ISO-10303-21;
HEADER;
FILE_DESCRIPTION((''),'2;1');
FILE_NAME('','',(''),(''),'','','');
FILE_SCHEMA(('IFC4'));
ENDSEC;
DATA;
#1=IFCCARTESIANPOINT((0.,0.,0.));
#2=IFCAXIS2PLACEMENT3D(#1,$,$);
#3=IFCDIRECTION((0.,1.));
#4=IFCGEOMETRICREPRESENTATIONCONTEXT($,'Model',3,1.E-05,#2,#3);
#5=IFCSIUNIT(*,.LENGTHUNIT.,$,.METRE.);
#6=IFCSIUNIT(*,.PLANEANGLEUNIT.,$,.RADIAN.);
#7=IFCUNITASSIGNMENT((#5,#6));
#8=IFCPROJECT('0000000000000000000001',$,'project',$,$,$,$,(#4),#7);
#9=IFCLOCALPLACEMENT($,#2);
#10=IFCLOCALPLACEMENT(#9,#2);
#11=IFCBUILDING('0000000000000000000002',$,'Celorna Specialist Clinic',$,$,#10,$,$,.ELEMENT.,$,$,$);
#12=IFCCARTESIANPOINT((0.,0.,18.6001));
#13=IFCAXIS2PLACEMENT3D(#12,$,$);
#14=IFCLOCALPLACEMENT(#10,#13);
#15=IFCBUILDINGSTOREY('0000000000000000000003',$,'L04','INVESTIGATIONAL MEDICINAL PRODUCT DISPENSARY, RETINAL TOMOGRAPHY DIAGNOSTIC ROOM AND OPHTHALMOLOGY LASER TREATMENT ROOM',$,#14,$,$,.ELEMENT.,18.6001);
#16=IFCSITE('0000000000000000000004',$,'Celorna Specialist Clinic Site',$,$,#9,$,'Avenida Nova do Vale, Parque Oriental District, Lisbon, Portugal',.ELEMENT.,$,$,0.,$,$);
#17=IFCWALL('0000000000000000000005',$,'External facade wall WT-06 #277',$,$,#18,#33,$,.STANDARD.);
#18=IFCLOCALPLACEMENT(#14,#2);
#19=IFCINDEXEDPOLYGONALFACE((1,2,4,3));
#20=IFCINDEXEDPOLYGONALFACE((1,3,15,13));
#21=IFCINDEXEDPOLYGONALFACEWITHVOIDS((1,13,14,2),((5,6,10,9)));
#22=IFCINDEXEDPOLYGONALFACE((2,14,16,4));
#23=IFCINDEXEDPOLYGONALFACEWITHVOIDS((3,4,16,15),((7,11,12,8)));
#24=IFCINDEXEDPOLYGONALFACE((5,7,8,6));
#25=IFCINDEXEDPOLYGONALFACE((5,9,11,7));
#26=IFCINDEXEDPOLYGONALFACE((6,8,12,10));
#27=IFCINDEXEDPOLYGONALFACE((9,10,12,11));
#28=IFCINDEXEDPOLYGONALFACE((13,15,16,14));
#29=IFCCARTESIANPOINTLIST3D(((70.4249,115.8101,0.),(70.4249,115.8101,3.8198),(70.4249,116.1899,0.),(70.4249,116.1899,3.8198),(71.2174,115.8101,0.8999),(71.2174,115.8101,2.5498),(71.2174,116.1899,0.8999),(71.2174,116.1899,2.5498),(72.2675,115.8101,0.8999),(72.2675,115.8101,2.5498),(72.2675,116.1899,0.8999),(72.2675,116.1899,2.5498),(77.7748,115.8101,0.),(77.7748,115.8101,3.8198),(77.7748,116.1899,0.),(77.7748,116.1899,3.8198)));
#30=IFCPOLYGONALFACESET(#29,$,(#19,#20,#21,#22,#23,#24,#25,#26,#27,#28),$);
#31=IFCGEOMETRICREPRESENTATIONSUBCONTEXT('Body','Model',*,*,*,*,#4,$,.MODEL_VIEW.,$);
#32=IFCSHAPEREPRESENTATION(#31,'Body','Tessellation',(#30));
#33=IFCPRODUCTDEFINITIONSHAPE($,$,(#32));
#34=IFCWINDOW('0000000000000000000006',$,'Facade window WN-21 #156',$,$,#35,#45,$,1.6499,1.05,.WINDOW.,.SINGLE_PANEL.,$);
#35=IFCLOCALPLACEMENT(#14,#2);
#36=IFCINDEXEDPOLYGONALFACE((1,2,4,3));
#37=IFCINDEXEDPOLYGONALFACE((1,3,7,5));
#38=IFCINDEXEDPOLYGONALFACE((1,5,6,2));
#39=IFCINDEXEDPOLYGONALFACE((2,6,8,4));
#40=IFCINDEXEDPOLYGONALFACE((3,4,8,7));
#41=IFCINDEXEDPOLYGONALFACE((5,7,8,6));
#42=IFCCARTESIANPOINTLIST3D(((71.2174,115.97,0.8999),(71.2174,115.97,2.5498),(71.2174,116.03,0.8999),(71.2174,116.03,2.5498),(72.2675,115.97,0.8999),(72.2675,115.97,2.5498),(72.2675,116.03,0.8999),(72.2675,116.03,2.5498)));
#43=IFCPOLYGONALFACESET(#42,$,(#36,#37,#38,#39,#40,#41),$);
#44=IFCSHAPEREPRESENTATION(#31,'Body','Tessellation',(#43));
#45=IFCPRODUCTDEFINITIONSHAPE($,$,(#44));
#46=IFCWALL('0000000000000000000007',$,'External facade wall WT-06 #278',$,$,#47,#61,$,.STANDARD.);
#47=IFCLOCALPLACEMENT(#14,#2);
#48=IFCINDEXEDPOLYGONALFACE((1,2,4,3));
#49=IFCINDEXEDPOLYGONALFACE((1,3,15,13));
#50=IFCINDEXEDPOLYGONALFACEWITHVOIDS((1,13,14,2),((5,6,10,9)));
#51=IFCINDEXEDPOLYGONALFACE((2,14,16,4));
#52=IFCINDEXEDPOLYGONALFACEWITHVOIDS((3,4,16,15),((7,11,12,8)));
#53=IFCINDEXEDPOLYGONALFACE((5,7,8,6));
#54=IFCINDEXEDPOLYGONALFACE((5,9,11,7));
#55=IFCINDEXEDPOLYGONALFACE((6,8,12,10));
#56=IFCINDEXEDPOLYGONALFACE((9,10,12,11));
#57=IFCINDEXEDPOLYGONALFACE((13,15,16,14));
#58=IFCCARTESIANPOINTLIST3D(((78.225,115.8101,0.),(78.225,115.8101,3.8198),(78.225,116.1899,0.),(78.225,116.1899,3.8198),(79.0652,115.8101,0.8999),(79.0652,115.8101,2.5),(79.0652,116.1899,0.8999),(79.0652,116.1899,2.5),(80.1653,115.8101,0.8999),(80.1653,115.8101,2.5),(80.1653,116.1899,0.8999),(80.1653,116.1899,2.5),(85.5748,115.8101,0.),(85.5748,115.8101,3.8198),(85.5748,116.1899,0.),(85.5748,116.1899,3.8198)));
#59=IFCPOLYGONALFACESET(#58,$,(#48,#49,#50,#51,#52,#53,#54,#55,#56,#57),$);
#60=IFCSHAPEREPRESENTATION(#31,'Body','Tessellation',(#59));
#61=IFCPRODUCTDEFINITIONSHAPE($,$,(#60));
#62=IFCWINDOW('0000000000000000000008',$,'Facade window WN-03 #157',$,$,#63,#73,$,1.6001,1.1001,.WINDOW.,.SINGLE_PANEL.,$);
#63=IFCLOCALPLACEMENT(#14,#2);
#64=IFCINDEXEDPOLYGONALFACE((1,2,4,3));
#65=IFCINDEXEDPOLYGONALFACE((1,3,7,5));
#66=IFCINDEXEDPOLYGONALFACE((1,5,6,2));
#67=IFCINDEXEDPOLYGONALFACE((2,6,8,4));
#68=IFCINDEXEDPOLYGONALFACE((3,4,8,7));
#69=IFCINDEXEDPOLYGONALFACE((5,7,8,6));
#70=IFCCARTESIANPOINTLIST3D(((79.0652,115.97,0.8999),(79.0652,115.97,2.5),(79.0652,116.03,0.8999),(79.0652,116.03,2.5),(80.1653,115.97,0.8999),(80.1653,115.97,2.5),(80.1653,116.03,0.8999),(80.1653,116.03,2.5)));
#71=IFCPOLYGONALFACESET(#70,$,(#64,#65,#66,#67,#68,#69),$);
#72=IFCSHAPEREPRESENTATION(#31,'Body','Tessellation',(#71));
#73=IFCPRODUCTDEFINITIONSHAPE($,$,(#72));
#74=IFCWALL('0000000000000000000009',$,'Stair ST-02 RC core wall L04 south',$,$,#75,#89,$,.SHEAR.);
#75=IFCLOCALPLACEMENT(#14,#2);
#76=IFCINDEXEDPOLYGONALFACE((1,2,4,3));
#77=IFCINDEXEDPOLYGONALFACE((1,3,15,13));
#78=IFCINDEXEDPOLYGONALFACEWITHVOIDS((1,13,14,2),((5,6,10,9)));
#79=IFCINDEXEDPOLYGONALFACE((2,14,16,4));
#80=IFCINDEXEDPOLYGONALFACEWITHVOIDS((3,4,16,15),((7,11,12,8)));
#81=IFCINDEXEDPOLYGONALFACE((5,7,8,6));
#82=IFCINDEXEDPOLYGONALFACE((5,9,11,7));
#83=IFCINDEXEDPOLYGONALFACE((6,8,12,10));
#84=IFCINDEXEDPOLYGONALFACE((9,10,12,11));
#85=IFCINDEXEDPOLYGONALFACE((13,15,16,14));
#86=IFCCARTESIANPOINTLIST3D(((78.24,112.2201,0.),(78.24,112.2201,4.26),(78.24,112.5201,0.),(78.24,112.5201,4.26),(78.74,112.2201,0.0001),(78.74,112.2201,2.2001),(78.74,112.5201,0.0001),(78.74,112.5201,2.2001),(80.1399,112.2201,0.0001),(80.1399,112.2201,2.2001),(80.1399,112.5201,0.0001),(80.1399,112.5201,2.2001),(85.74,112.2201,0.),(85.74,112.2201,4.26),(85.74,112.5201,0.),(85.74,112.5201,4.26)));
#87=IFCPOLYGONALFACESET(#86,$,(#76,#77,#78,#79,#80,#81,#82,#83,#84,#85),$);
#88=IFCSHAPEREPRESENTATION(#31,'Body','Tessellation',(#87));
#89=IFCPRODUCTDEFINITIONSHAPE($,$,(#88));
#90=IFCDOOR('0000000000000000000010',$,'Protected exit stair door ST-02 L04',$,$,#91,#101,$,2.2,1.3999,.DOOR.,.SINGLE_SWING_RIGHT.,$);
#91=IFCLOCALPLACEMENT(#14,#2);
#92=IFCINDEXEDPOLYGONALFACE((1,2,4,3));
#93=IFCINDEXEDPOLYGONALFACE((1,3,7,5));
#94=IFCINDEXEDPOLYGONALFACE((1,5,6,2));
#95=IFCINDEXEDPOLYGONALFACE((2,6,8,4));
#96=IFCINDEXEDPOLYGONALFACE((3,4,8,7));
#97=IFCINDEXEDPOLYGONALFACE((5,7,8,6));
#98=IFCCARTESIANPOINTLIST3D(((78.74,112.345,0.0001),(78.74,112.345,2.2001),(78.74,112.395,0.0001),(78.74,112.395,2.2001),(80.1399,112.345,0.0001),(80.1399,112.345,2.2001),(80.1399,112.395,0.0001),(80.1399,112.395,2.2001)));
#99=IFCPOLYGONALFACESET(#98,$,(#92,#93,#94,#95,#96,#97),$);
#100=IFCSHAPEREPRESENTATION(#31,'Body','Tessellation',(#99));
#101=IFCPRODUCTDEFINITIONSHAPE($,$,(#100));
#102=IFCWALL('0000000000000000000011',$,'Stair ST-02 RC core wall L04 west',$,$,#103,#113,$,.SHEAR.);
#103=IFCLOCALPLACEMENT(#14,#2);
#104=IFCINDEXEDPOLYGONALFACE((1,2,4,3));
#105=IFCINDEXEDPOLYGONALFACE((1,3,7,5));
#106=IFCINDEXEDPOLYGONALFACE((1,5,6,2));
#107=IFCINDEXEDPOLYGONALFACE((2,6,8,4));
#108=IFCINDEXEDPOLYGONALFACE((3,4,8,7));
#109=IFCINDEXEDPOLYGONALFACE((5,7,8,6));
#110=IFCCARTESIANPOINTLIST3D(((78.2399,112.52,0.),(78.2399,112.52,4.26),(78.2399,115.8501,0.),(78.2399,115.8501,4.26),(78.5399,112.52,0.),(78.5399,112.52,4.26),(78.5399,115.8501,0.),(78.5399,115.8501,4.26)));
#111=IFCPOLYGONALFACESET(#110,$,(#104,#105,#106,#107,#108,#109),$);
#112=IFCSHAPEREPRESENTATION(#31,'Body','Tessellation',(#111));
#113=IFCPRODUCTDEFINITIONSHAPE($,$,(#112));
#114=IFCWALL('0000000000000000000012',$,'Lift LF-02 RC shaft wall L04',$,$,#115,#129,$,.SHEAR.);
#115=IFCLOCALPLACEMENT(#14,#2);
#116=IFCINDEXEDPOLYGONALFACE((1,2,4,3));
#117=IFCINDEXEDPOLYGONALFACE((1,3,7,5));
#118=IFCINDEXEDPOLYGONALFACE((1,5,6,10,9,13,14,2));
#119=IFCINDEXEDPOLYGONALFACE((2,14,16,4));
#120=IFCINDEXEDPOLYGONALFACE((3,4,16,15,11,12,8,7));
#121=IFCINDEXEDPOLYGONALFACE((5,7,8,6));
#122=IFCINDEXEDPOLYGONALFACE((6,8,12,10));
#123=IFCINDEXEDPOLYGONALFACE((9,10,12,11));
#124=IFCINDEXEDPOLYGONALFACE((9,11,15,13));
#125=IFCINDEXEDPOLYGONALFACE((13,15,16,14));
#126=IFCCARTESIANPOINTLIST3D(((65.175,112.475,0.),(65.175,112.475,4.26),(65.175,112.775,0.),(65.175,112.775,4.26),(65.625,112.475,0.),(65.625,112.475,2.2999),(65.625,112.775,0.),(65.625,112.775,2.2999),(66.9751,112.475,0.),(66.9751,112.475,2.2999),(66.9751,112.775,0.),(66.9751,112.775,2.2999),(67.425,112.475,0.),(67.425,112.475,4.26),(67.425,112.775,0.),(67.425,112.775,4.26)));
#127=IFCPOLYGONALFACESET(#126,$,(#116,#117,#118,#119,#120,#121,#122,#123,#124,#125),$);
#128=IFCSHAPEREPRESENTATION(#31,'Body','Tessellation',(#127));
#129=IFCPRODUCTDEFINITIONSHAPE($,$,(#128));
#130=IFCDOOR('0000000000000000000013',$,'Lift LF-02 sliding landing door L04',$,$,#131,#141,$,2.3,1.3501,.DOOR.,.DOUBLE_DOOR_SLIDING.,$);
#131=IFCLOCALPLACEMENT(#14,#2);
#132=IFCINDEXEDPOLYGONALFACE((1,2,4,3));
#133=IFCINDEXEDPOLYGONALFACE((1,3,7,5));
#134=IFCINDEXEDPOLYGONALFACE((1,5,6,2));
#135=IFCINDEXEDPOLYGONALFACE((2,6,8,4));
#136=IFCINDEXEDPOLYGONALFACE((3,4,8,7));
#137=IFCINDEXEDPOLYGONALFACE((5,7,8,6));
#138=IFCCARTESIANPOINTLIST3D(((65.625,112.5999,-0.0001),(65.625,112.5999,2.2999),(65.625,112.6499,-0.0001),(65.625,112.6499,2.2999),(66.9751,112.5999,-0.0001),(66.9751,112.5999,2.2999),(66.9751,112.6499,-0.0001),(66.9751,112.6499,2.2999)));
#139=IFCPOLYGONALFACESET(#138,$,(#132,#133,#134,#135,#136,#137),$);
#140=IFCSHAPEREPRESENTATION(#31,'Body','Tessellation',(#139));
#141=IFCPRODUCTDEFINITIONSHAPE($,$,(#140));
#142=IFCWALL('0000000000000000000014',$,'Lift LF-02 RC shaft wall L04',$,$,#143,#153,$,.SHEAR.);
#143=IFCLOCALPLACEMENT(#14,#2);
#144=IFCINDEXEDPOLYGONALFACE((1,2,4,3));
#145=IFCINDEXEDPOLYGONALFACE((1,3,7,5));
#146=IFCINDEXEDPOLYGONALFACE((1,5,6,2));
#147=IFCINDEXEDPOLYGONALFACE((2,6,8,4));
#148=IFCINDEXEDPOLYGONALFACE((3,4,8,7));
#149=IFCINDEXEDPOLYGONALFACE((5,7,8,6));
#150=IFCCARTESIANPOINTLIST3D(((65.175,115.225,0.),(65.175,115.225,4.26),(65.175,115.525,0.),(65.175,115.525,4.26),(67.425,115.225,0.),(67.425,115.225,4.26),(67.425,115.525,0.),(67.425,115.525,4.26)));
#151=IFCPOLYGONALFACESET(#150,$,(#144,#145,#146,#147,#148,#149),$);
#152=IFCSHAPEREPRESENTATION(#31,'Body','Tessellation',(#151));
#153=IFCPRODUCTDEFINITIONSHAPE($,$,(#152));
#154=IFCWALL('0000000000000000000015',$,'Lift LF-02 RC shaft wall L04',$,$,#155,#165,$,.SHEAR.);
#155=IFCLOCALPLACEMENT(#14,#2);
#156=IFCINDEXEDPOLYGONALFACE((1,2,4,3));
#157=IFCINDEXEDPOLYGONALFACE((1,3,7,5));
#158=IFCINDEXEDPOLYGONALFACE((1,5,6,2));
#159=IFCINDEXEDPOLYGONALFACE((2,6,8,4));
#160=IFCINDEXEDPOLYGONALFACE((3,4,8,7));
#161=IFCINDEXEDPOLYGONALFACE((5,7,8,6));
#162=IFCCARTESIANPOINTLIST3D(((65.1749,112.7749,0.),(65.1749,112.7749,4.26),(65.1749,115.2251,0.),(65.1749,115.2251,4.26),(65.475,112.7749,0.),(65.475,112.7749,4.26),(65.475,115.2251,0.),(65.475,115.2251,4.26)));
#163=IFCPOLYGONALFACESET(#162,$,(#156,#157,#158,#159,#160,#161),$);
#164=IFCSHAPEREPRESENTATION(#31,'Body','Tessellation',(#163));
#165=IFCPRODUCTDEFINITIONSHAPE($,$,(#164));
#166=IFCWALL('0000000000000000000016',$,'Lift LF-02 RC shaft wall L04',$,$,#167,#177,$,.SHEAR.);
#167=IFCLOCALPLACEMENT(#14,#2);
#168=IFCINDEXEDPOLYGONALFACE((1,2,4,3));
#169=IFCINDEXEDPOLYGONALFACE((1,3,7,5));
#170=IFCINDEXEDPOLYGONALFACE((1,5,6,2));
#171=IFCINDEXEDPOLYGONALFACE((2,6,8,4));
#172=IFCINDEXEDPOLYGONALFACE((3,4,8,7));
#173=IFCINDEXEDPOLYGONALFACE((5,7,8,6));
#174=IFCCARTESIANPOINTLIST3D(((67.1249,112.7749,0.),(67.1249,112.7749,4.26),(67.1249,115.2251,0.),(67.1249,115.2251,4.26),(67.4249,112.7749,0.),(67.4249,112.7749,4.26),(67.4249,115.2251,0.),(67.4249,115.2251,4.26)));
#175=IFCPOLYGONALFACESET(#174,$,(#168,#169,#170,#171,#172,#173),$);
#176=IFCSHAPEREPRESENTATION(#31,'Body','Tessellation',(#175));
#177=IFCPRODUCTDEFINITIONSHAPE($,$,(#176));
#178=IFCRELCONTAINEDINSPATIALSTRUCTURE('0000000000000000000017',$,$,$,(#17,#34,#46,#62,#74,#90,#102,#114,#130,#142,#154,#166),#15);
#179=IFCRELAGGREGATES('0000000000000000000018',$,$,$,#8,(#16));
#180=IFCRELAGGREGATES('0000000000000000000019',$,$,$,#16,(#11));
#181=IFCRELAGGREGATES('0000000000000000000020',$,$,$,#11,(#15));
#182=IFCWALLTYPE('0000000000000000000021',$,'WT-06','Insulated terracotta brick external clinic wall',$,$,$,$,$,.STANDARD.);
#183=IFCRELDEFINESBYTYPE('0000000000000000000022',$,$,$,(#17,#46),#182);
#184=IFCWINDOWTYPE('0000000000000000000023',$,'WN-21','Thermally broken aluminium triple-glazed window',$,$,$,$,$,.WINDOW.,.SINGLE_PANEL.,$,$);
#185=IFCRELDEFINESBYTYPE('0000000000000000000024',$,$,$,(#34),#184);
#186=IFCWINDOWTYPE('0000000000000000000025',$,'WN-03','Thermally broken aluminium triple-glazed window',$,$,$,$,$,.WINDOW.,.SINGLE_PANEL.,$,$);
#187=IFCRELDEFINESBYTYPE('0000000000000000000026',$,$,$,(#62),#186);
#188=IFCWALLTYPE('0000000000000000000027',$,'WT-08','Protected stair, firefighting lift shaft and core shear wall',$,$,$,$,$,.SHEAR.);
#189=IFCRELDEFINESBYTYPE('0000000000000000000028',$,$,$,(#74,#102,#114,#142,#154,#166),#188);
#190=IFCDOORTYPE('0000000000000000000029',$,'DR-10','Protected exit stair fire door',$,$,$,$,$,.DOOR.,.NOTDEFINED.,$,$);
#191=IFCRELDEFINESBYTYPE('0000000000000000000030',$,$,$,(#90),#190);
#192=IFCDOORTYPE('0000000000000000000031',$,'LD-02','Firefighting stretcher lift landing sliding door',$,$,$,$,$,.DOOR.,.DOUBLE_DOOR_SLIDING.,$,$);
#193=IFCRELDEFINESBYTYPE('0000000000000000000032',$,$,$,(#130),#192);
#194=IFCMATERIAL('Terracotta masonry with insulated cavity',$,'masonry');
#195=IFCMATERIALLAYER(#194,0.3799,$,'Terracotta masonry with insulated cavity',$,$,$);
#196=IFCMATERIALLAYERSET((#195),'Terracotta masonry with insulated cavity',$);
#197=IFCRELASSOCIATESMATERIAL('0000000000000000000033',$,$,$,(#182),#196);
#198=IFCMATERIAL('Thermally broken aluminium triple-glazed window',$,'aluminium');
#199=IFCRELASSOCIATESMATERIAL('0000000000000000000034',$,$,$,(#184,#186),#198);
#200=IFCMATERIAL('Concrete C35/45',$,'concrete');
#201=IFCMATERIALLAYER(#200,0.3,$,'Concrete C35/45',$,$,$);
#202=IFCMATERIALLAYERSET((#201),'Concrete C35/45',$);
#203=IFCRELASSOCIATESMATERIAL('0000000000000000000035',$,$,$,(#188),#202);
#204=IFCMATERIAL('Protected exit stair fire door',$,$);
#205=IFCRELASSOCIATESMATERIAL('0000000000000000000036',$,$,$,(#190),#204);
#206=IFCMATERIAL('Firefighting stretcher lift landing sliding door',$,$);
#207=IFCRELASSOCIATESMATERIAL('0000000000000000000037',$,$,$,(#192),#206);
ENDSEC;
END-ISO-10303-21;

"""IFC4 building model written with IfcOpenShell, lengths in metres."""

from ifc_helpers import new_model, si_unit, direction, frame, frame_2d, origin, place, context, subcontext, project, spatial, rectangle, extrude, material, layer, layer_set, type_object, element, fill, save


model = new_model("IFC4")

# Units and contexts
model_context = context("Model", 3, precision=1e-05, world=origin(), true_north=direction((0.0, 1.0)))
body_context = subcontext(model_context, "Body", "Model", "MODEL_VIEW")
ifc_project = project(units=[si_unit("LENGTHUNIT", "METRE"), si_unit("PLANEANGLEUNIT", "RADIAN")], contexts=[model_context])

# Site, building, storey
site_placement = place(None, origin())
site = spatial("IfcSite", under=ifc_project, at=site_placement, Name="Celorna Specialist Clinic Site", LongName="Avenida Nova do Vale, Parque Oriental District, Lisbon, Portugal", CompositionType="ELEMENT", RefElevation=0.0)
building_placement = place(site_placement, origin())
building = spatial("IfcBuilding", under=site, at=building_placement, Name="Celorna Specialist Clinic", CompositionType="ELEMENT")
storey_placement = place(building_placement, frame((0.0, 0.0, 18.6001)))
storey = spatial("IfcBuildingStorey", under=building, at=storey_placement, Name="L04", Description="INVESTIGATIONAL MEDICINAL PRODUCT DISPENSARY, RETINAL TOMOGRAPHY DIAGNOSTIC ROOM AND OPHTHALMOLOGY LASER TREATMENT ROOM", CompositionType="ELEMENT", Elevation=18.6001)

# Shared definitions
ifc_material_1 = material(Name="Concrete C35/45", Category="concrete")

# Walls, openings, windows
ifc_material_2 = material(Name="Terracotta masonry with insulated cavity", Category="masonry")
ifc_layer_1 = layer(ifc_material_2, 0.3799, Name="Terracotta masonry with insulated cavity")
ifc_layer_set_1 = layer_set([ifc_layer_1], Name="Terracotta masonry with insulated cavity")
wall_type_1 = type_object("IfcWallType", Name="WT-06", Description="Insulated terracotta brick external clinic wall", PredefinedType="STANDARD", material=ifc_layer_set_1)
wall_1_placement = place(storey_placement, frame((70.425, 116.0, 0.0), z_axis=(0.0, 0.0, 1.0), x_axis=(1.0, 0.0, 0.0)))
wall_1 = element("IfcWall", 1, at=wall_1_placement, inside=storey, type_object=wall_type_1, Name="External facade wall WT-06 #277", PredefinedType="STANDARD", context=body_context, shape_type="SweptSolid", body=[
    extrude(rectangle(XDim=7.3499, YDim=0.3799, at=frame_2d((3.6748, 0.0))), origin(), (0.0, 0.0, 1.0), 3.8198),
])
opening_1_placement = place(wall_1_placement, frame((0.7925, 0.0, 0.8999)))
opening_1 = element("IfcOpeningElement", 2, at=opening_1_placement, cuts=wall_1, PredefinedType="OPENING", context=body_context, shape_type="SweptSolid", body=[
    extrude(rectangle(XDim=1.05, YDim=1.6499, at=frame_2d((0.5249, 0.825))), frame((0.0, 0.2, 0.0), z_axis=(0.0, -1.0, 0.0), x_axis=(1.0, 0.0, 0.0)), (0.0, 0.0, 1.0), 0.3999),
])
ifc_material_3 = material(Name="Thermally broken aluminium triple-glazed window", Category="aluminium")
window_type_1 = type_object("IfcWindowType", Name="WN-21", Description="Thermally broken aluminium triple-glazed window", PartitioningType="SINGLE_PANEL", PredefinedType="WINDOW", material=ifc_material_3)
window_1_placement = place(opening_1_placement, origin())
window_1 = element("IfcWindow", 3, at=window_1_placement, inside=storey, type_object=window_type_1, Name="Facade window WN-21 #156", OverallHeight=1.6499, OverallWidth=1.05, PartitioningType="SINGLE_PANEL", PredefinedType="WINDOW", context=body_context, shape_type="SweptSolid", body=[
    extrude(rectangle(XDim=1.05, YDim=1.6499, at=frame_2d((0.5249, 0.825))), frame((0.0, 0.03, 0.0), z_axis=(0.0, -1.0, 0.0), x_axis=(1.0, 0.0, 0.0)), (0.0, 0.0, 1.0), 0.0601),
])
fill(opening_1, window_1)
wall_2_placement = place(storey_placement, frame((78.2251, 116.0, 0.0), z_axis=(0.0, 0.0, 1.0), x_axis=(1.0, 0.0, 0.0)))
wall_2 = element("IfcWall", 4, at=wall_2_placement, inside=storey, type_object=wall_type_1, Name="External facade wall WT-06 #278", PredefinedType="STANDARD", context=body_context, shape_type="SweptSolid", body=[
    extrude(rectangle(XDim=7.3499, YDim=0.3799, at=frame_2d((3.6748, 0.0))), origin(), (0.0, 0.0, 1.0), 3.8198),
])
opening_2_placement = place(wall_2_placement, frame((0.8401, 0.0, 0.8999)))
opening_2 = element("IfcOpeningElement", 5, at=opening_2_placement, cuts=wall_2, PredefinedType="OPENING", context=body_context, shape_type="SweptSolid", body=[
    extrude(rectangle(XDim=1.1001, YDim=1.6001, at=frame_2d((0.55, 0.8))), frame((0.0, 0.2, 0.0), z_axis=(0.0, -1.0, 0.0), x_axis=(1.0, 0.0, 0.0)), (0.0, 0.0, 1.0), 0.3999),
])
window_type_2 = type_object("IfcWindowType", Name="WN-03", Description="Thermally broken aluminium triple-glazed window", PartitioningType="SINGLE_PANEL", PredefinedType="WINDOW", material=ifc_material_3)
window_2_placement = place(opening_2_placement, origin())
window_2 = element("IfcWindow", 6, at=window_2_placement, inside=storey, type_object=window_type_2, Name="Facade window WN-03 #157", OverallHeight=1.6001, OverallWidth=1.1001, PartitioningType="SINGLE_PANEL", PredefinedType="WINDOW", context=body_context, shape_type="SweptSolid", body=[
    extrude(rectangle(XDim=1.1001, YDim=1.6001, at=frame_2d((0.55, 0.8))), frame((0.0, 0.03, 0.0), z_axis=(0.0, -1.0, 0.0), x_axis=(1.0, 0.0, 0.0)), (0.0, 0.0, 1.0), 0.0601),
])
fill(opening_2, window_2)

# Wall, opening, door
ifc_layer_2 = layer(ifc_material_1, 0.3, Name="Concrete C35/45")
ifc_layer_set_2 = layer_set([ifc_layer_2], Name="Concrete C35/45")
wall_type_2 = type_object("IfcWallType", Name="WT-08", Description="Protected stair, firefighting lift shaft and core shear wall", PredefinedType="SHEAR", material=ifc_layer_set_2)
wall_3_placement = place(storey_placement, frame((78.24, 112.3701, 0.0), z_axis=(0.0, 0.0, 1.0), x_axis=(1.0, 0.0, 0.0)))
wall_3 = element("IfcWall", 7, at=wall_3_placement, inside=storey, type_object=wall_type_2, Name="Stair ST-02 RC core wall L04 south", PredefinedType="SHEAR", context=body_context, shape_type="SweptSolid", body=[
    extrude(rectangle(XDim=7.5, YDim=0.3, at=frame_2d((3.75, 0.0))), origin(), (0.0, 0.0, 1.0), 4.26),
])
opening_3_placement = place(wall_3_placement, frame((0.5, 0.0, 0.0)))
opening_3 = element("IfcOpeningElement", 8, at=opening_3_placement, cuts=wall_3, PredefinedType="OPENING", context=body_context, shape_type="SweptSolid", body=[
    extrude(rectangle(XDim=1.3999, YDim=2.2, at=frame_2d((0.7, 1.1001))), frame((0.0, 0.1599, 0.0), z_axis=(0.0, -1.0, 0.0), x_axis=(1.0, 0.0, 0.0)), (0.0, 0.0, 1.0), 0.3201),
])
ifc_material_4 = material(Name="Protected exit stair fire door")
door_type_1 = type_object("IfcDoorType", Name="DR-10", Description="Protected exit stair fire door", OperationType="NOTDEFINED", PredefinedType="DOOR", material=ifc_material_4)
door_1_placement = place(opening_3_placement, origin())
door_1 = element("IfcDoor", 9, at=door_1_placement, inside=storey, type_object=door_type_1, Name="Protected exit stair door ST-02 L04", OperationType="SINGLE_SWING_RIGHT", OverallHeight=2.2, OverallWidth=1.3999, PredefinedType="DOOR", context=body_context, shape_type="SweptSolid", body=[
    extrude(rectangle(XDim=1.3999, YDim=2.2, at=frame_2d((0.7, 1.1001))), frame((0.0, 0.0249, 0.0), z_axis=(0.0, -1.0, 0.0), x_axis=(1.0, 0.0, 0.0)), (0.0, 0.0, 1.0), 0.05),
])
fill(opening_3, door_1)

# Wall
wall_4_placement = place(storey_placement, frame((78.3899, 115.8501, 0.0), z_axis=(0.0, 0.0, 1.0), x_axis=(0.0, -1.0, 0.0)))
element("IfcWall", 10, at=wall_4_placement, inside=storey, type_object=wall_type_2, Name="Stair ST-02 RC core wall L04 west", PredefinedType="SHEAR", context=body_context, shape_type="SweptSolid", body=[
    extrude(rectangle(XDim=3.3301, YDim=0.3, at=frame_2d((1.665, 0.0))), origin(), (0.0, 0.0, 1.0), 4.26),
])

# Wall, opening, door
wall_5_placement = place(storey_placement, frame((65.175, 112.625, 0.0), z_axis=(0.0, 0.0, 1.0), x_axis=(1.0, 0.0, 0.0)))
wall_5 = element("IfcWall", 11, at=wall_5_placement, inside=storey, type_object=wall_type_2, Name="Lift LF-02 RC shaft wall L04", PredefinedType="SHEAR", context=body_context, shape_type="SweptSolid", body=[
    extrude(rectangle(XDim=2.25, YDim=0.3, at=frame_2d((1.125, 0.0))), origin(), (0.0, 0.0, 1.0), 4.26),
])
opening_4_placement = place(wall_5_placement, frame((0.45, 0.0, 0.0)))
opening_4 = element("IfcOpeningElement", 12, at=opening_4_placement, cuts=wall_5, PredefinedType="OPENING", context=body_context, shape_type="SweptSolid", body=[
    extrude(rectangle(XDim=1.3501, YDim=2.3, at=frame_2d((0.675, 1.1499))), frame((0.0, 0.1599, 0.0), z_axis=(0.0, -1.0, 0.0), x_axis=(1.0, 0.0, 0.0)), (0.0, 0.0, 1.0), 0.3201),
])
ifc_material_5 = material(Name="Firefighting stretcher lift landing sliding door")
door_type_2 = type_object("IfcDoorType", Name="LD-02", Description="Firefighting stretcher lift landing sliding door", OperationType="DOUBLE_DOOR_SLIDING", PredefinedType="DOOR", material=ifc_material_5)
door_2_placement = place(opening_4_placement, origin())
door_2 = element("IfcDoor", 13, at=door_2_placement, inside=storey, type_object=door_type_2, Name="Lift LF-02 sliding landing door L04", OperationType="DOUBLE_DOOR_SLIDING", OverallHeight=2.3, OverallWidth=1.3501, PredefinedType="DOOR", context=body_context, shape_type="SweptSolid", body=[
    extrude(rectangle(XDim=1.3501, YDim=2.3, at=frame_2d((0.675, 1.1499))), frame((0.0, 0.0249, 0.0), z_axis=(0.0, -1.0, 0.0), x_axis=(1.0, 0.0, 0.0)), (0.0, 0.0, 1.0), 0.05),
])
fill(opening_4, door_2)

# Walls
wall_6_placement = place(storey_placement, frame((67.425, 115.375, 0.0), z_axis=(0.0, 0.0, 1.0), x_axis=(-1.0, 0.0, 0.0)))
element("IfcWall", 14, at=wall_6_placement, inside=storey, type_object=wall_type_2, Name="Lift LF-02 RC shaft wall L04", PredefinedType="SHEAR", context=body_context, shape_type="SweptSolid", body=[
    extrude(rectangle(XDim=2.25, YDim=0.3, at=frame_2d((1.125, 0.0))), origin(), (0.0, 0.0, 1.0), 4.26),
])
for number, where, z_axis, x_axis, name in (
    (15, (65.325, 115.2251, 0.0), (0.0, 0.0, 1.0), (0.0, -1.0, 0.0), "Lift LF-02 RC shaft wall L04"),
    (16, (67.2749, 112.7749, 0.0), (0.0, 0.0, 1.0), (0.0, 1.0, 0.0), "Lift LF-02 RC shaft wall L04"),
):
    element("IfcWall", number, at=place(storey_placement, frame(where, z_axis=z_axis, x_axis=x_axis)), inside=storey, type_object=wall_type_2, Name=name, PredefinedType="SHEAR", context=body_context, shape_type="SweptSolid", body=[
        extrude(rectangle(XDim=2.4502, YDim=0.3, at=frame_2d((1.2251, 0.0))), origin(), (0.0, 0.0, 1.0), 4.26),
    ])

save(model, "model.ifc")
